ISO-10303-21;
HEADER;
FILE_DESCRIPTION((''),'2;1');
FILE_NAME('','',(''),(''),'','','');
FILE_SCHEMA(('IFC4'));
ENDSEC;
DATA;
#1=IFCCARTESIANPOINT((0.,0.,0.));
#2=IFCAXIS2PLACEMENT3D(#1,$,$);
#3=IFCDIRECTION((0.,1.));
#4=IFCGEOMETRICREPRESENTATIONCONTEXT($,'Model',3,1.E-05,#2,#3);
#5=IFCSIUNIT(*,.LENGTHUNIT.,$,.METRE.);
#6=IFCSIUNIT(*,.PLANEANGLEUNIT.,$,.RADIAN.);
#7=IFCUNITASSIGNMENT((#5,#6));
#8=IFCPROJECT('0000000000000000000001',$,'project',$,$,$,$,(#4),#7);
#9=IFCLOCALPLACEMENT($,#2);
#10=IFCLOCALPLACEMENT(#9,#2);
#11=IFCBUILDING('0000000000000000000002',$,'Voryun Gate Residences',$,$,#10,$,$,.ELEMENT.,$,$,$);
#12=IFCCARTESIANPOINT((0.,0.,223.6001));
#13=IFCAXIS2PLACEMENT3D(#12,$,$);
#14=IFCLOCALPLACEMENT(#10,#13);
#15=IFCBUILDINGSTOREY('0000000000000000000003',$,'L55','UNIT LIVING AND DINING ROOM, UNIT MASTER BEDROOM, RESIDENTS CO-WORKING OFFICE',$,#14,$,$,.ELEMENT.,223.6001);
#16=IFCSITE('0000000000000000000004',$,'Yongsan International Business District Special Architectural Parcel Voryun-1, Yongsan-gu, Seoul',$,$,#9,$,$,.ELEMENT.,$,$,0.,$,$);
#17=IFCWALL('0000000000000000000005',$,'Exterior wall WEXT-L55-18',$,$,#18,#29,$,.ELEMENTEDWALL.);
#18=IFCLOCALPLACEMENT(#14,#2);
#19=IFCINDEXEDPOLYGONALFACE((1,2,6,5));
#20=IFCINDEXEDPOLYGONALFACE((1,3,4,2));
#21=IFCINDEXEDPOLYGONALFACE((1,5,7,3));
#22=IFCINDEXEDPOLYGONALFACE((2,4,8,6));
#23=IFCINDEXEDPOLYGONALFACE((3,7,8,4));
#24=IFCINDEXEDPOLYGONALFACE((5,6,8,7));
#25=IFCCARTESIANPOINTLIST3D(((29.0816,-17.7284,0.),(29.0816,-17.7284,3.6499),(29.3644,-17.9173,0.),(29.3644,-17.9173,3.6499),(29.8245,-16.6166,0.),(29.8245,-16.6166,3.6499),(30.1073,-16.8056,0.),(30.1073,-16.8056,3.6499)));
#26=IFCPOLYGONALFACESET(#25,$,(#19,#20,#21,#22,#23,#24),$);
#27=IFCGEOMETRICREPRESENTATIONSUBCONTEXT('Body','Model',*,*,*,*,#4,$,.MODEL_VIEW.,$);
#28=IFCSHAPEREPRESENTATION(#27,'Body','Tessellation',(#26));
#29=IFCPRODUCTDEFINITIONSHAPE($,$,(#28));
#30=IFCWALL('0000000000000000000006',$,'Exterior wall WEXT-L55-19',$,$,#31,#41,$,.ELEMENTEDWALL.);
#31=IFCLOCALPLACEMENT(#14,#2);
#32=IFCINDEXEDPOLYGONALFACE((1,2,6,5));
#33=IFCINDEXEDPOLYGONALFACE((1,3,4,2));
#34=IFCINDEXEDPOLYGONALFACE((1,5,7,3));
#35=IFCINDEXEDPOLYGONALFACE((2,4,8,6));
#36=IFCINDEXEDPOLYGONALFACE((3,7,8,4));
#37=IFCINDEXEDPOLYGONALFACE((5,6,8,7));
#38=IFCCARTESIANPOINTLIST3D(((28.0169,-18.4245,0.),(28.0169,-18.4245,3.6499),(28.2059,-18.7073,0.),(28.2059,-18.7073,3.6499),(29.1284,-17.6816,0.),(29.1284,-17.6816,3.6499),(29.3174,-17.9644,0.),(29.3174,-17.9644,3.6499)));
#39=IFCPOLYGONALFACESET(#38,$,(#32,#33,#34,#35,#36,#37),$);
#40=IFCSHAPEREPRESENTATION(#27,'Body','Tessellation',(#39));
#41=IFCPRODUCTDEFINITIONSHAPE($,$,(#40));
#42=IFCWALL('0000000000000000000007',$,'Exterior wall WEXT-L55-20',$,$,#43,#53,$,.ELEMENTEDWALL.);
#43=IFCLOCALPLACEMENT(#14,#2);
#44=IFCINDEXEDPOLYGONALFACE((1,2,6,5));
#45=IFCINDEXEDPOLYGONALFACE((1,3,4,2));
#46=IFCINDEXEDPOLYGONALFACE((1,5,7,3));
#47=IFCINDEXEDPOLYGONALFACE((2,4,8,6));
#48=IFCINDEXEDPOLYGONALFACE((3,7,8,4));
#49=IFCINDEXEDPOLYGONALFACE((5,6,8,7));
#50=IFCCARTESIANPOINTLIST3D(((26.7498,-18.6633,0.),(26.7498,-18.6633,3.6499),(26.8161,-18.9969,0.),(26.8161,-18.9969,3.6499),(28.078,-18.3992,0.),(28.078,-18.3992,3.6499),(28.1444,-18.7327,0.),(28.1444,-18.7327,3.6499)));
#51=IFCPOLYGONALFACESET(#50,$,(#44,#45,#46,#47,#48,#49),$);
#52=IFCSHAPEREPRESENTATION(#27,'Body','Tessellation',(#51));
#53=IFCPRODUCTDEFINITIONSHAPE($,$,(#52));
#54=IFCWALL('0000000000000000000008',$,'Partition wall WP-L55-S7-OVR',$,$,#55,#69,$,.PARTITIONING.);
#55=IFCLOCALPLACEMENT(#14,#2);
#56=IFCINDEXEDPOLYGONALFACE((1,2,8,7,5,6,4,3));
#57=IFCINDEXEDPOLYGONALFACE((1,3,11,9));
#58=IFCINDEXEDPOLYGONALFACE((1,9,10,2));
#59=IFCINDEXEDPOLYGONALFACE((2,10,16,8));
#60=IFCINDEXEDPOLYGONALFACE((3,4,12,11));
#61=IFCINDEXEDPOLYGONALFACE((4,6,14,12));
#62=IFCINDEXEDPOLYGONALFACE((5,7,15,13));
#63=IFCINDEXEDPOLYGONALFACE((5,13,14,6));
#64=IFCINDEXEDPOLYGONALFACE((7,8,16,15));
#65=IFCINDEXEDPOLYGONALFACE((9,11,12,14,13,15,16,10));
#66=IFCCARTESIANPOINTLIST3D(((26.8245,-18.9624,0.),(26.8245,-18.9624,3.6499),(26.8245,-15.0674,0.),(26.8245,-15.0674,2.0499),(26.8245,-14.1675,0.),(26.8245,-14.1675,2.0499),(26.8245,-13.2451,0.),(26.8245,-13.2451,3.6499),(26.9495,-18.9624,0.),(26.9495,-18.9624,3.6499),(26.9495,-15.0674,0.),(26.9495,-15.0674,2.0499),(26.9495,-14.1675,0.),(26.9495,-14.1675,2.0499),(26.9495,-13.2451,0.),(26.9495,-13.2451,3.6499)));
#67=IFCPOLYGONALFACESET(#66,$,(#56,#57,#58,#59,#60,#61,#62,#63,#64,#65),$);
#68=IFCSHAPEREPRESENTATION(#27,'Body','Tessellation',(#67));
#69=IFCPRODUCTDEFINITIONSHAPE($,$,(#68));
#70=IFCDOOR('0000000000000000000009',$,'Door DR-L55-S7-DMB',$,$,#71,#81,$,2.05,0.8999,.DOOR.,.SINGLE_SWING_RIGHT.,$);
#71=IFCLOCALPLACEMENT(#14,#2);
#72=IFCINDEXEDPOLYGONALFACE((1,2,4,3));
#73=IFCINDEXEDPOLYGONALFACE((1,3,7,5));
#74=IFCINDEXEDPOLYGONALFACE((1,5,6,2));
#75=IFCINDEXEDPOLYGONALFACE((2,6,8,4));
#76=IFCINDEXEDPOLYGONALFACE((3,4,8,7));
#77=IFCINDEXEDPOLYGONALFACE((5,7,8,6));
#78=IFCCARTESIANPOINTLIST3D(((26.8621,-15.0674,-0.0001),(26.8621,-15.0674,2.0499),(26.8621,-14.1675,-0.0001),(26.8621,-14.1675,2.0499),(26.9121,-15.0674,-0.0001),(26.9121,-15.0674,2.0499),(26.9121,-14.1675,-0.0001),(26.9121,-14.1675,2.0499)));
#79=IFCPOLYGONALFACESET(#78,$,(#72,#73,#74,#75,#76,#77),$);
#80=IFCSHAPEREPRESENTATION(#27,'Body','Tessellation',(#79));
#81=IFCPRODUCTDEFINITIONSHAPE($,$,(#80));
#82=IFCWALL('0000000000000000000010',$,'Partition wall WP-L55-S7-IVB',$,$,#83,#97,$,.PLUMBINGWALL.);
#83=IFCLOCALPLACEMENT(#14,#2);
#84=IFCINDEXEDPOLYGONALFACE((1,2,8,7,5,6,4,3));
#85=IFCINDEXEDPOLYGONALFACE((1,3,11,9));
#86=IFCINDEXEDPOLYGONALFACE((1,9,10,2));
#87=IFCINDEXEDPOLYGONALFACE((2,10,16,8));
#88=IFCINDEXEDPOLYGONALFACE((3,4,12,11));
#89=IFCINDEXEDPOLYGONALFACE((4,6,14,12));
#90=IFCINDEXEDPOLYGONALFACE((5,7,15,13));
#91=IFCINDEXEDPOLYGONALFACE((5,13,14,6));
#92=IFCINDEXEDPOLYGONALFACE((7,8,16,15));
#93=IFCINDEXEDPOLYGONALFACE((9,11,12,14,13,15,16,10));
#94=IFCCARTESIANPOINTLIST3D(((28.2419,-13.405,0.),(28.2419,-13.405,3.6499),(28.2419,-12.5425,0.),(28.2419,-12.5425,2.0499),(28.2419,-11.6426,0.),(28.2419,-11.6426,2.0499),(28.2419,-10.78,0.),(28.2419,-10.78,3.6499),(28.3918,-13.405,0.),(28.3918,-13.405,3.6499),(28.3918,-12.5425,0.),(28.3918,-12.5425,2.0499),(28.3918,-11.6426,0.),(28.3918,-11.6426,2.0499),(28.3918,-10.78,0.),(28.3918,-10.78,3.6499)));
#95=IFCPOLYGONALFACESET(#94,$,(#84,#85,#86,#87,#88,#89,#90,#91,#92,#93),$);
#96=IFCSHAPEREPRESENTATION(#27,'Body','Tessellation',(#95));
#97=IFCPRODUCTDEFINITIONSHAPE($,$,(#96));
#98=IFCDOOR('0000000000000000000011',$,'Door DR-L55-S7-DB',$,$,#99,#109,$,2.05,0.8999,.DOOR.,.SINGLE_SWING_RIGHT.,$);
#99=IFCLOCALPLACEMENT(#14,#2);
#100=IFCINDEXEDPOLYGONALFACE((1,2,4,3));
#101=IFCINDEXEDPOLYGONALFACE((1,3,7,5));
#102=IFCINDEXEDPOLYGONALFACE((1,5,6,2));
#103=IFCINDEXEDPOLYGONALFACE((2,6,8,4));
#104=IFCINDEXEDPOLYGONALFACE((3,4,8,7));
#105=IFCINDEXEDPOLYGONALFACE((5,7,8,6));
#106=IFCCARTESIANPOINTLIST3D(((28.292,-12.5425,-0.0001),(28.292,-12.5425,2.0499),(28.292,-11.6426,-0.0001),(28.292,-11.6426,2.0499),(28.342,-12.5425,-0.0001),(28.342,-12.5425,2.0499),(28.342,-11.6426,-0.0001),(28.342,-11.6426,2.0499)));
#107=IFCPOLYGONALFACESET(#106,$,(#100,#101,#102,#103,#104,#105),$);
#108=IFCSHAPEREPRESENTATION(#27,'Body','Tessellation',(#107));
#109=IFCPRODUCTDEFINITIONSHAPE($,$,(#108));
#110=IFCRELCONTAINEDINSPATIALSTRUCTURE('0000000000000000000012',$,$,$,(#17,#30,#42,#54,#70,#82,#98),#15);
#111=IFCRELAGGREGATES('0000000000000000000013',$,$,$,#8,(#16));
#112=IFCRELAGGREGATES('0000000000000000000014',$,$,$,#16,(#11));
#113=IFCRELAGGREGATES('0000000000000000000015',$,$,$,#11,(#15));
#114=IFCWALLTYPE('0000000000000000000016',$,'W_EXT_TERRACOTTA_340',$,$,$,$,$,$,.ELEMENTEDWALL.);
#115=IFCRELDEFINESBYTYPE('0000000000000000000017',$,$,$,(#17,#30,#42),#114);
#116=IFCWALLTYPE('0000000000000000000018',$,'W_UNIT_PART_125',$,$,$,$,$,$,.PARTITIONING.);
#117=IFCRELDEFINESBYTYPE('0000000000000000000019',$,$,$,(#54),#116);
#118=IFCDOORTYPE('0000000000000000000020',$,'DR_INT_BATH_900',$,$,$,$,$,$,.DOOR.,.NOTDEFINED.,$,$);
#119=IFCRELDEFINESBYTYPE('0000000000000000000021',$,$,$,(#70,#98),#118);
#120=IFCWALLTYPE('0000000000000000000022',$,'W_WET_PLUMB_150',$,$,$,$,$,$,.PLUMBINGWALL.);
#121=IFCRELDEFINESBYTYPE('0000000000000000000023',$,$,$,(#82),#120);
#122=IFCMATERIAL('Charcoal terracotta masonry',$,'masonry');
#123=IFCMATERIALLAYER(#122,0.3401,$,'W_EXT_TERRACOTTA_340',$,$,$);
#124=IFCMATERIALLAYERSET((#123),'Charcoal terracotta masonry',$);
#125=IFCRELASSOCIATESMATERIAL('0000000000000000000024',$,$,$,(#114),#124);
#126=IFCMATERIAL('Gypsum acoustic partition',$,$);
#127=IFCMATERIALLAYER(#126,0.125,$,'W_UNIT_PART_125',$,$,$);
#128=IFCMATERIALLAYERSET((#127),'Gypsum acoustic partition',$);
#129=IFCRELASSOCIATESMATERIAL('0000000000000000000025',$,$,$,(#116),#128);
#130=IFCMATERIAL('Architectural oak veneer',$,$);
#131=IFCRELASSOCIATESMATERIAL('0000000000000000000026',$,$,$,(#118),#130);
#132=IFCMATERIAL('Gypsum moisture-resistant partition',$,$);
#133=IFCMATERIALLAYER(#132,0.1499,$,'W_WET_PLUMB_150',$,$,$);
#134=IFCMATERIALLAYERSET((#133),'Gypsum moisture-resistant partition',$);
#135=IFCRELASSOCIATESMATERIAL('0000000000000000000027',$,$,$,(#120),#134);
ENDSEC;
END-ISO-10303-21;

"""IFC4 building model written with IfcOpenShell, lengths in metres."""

from ifc_helpers import new_model, si_unit, direction, frame, frame_2d, origin, place, context, subcontext, project, spatial, rectangle, extrude, material, layer, layer_set, type_object, element, fill, save


model = new_model("IFC4")

# Units and contexts
model_context = context("Model", 3, precision=1e-05, world=origin(), true_north=direction((0.0, 1.0)))
body_context = subcontext(model_context, "Body", "Model", "MODEL_VIEW")
ifc_project = project(units=[si_unit("LENGTHUNIT", "METRE"), si_unit("PLANEANGLEUNIT", "RADIAN")], contexts=[model_context])

# Site, building, storey
site_placement = place(None, origin())
site = spatial("IfcSite", under=ifc_project, at=site_placement, Name="Yongsan International Business District Special Architectural Parcel Voryun-1, Yongsan-gu, Seoul", CompositionType="ELEMENT", RefElevation=0.0)
building_placement = place(site_placement, origin())
building = spatial("IfcBuilding", under=site, at=building_placement, Name="Voryun Gate Residences", CompositionType="ELEMENT")
storey_placement = place(building_placement, frame((0.0, 0.0, 223.6001)))
storey = spatial("IfcBuildingStorey", under=building, at=storey_placement, Name="L55", Description="UNIT LIVING AND DINING ROOM, UNIT MASTER BEDROOM, RESIDENTS CO-WORKING OFFICE", CompositionType="ELEMENT", Elevation=223.6001)

# Walls
ifc_material_1 = material(Name="Charcoal terracotta masonry", Category="masonry")
ifc_layer_1 = layer(ifc_material_1, 0.3401, Name="W_EXT_TERRACOTTA_340")
ifc_layer_set_1 = layer_set([ifc_layer_1], Name="Charcoal terracotta masonry")
wall_type_1 = type_object("IfcWallType", Name="W_EXT_TERRACOTTA_340", PredefinedType="ELEMENTEDWALL", material=ifc_layer_set_1)
wall_1_placement = place(storey_placement, frame((29.9658, -16.7112, 0.0), z_axis=(0.0, 0.0, 1.0), x_axis=(-0.555585, -0.83146, 0.0)))
element("IfcWall", 1, at=wall_1_placement, inside=storey, type_object=wall_type_1, Name="Exterior wall WEXT-L55-18", PredefinedType="ELEMENTEDWALL", context=body_context, shape_type="SweptSolid", body=[
    extrude(rectangle(XDim=1.3372, YDim=0.3401, at=frame_2d((0.6685, 0.0))), origin(), (0.0, 0.0, 1.0), 3.6499),
])
wall_2_placement = place(storey_placement, frame((29.2229, -17.823, 0.0), z_axis=(0.0, 0.0, 1.0), x_axis=(-0.831404, -0.555669, 0.0)))
element("IfcWall", 2, at=wall_2_placement, inside=storey, type_object=wall_type_1, Name="Exterior wall WEXT-L55-19", PredefinedType="ELEMENTEDWALL", context=body_context, shape_type="SweptSolid", body=[
    extrude(rectangle(XDim=1.3369, YDim=0.3401, at=frame_2d((0.6685, 0.0))), origin(), (0.0, 0.0, 1.0), 3.6499),
])
wall_3_placement = place(storey_placement, frame((28.1113, -18.5659, 0.0), z_axis=(0.0, 0.0, 1.0), x_axis=(-0.980788, -0.195076, 0.0)))
element("IfcWall", 3, at=wall_3_placement, inside=storey, type_object=wall_type_1, Name="Exterior wall WEXT-L55-20", PredefinedType="ELEMENTEDWALL", context=body_context, shape_type="SweptSolid", body=[
    extrude(rectangle(XDim=1.3542, YDim=0.3401, at=frame_2d((0.6772, 0.0))), origin(), (0.0, 0.0, 1.0), 3.6499),
])

# Walls, openings, doors
ifc_material_2 = material(Name="Gypsum acoustic partition")
ifc_layer_2 = layer(ifc_material_2, 0.125, Name="W_UNIT_PART_125")
ifc_layer_set_2 = layer_set([ifc_layer_2], Name="Gypsum acoustic partition")
wall_type_2 = type_object("IfcWallType", Name="W_UNIT_PART_125", PredefinedType="PARTITIONING", material=ifc_layer_set_2)
wall_4_placement = place(storey_placement, frame((26.887, -18.9624, 0.0), z_axis=(0.0, 0.0, 1.0), x_axis=(0.0, 1.0, 0.0)))
wall_4 = element("IfcWall", 4, at=wall_4_placement, inside=storey, type_object=wall_type_2, Name="Partition wall WP-L55-S7-OVR", PredefinedType="PARTITIONING", context=body_context, shape_type="SweptSolid", body=[
    extrude(rectangle(XDim=5.7173, YDim=0.125, at=frame_2d((2.8586, 0.0))), origin(), (0.0, 0.0, 1.0), 3.6499),
])
opening_1_placement = place(wall_4_placement, frame((3.895, 0.0, 0.0)))
opening_1 = element("IfcOpeningElement", 5, at=opening_1_placement, cuts=wall_4, PredefinedType="OPENING", context=body_context, shape_type="SweptSolid", body=[
    extrude(rectangle(XDim=0.8999, YDim=2.05, at=frame_2d((0.45, 1.0249))), frame((0.0, 0.0725, 0.0), z_axis=(0.0, -1.0, 0.0), x_axis=(1.0, 0.0, 0.0)), (0.0, 0.0, 1.0), 0.145),
])
ifc_material_3 = material(Name="Architectural oak veneer")
door_type = type_object("IfcDoorType", Name="DR_INT_BATH_900", OperationType="NOTDEFINED", PredefinedType="DOOR", material=ifc_material_3)
door_1_placement = place(opening_1_placement, origin())
door_1 = element("IfcDoor", 6, at=door_1_placement, inside=storey, type_object=door_type, Name="Door DR-L55-S7-DMB", OperationType="SINGLE_SWING_RIGHT", OverallHeight=2.05, OverallWidth=0.8999, PredefinedType="DOOR", context=body_context, shape_type="SweptSolid", body=[
    extrude(rectangle(XDim=0.8999, YDim=2.05, at=frame_2d((0.45, 1.0249))), frame((0.0, 0.0249, 0.0), z_axis=(0.0, -1.0, 0.0), x_axis=(1.0, 0.0, 0.0)), (0.0, 0.0, 1.0), 0.05),
])
fill(opening_1, door_1)
ifc_material_4 = material(Name="Gypsum moisture-resistant partition")
ifc_layer_3 = layer(ifc_material_4, 0.1499, Name="W_WET_PLUMB_150")
ifc_layer_set_3 = layer_set([ifc_layer_3], Name="Gypsum moisture-resistant partition")
wall_type_3 = type_object("IfcWallType", Name="W_WET_PLUMB_150", PredefinedType="PLUMBINGWALL", material=ifc_layer_set_3)
wall_5_placement = place(storey_placement, frame((28.3169, -13.405, 0.0), z_axis=(0.0, 0.0, 1.0), x_axis=(0.0, 1.0, 0.0)))
wall_5 = element("IfcWall", 7, at=wall_5_placement, inside=storey, type_object=wall_type_3, Name="Partition wall WP-L55-S7-IVB", PredefinedType="PLUMBINGWALL", context=body_context, shape_type="SweptSolid", body=[
    extrude(rectangle(XDim=2.625, YDim=0.1499, at=frame_2d((1.3125, 0.0))), origin(), (0.0, 0.0, 1.0), 3.6499),
])
opening_2_placement = place(wall_5_placement, frame((0.8625, 0.0, 0.0)))
opening_2 = element("IfcOpeningElement", 8, at=opening_2_placement, cuts=wall_5, PredefinedType="OPENING", context=body_context, shape_type="SweptSolid", body=[
    extrude(rectangle(XDim=0.8999, YDim=2.05, at=frame_2d((0.45, 1.0249))), frame((0.0, 0.085, 0.0), z_axis=(0.0, -1.0, 0.0), x_axis=(1.0, 0.0, 0.0)), (0.0, 0.0, 1.0), 0.1699),
])
door_2_placement = place(opening_2_placement, origin())
door_2 = element("IfcDoor", 9, at=door_2_placement, inside=storey, type_object=door_type, Name="Door DR-L55-S7-DB", OperationType="SINGLE_SWING_RIGHT", OverallHeight=2.05, OverallWidth=0.8999, PredefinedType="DOOR", context=body_context, shape_type="SweptSolid", body=[
    extrude(rectangle(XDim=0.8999, YDim=2.05, at=frame_2d((0.45, 1.0249))), frame((0.0, 0.0249, 0.0), z_axis=(0.0, -1.0, 0.0), x_axis=(1.0, 0.0, 0.0)), (0.0, 0.0, 1.0), 0.05),
])
fill(opening_2, door_2)

save(model, "model.ifc")
